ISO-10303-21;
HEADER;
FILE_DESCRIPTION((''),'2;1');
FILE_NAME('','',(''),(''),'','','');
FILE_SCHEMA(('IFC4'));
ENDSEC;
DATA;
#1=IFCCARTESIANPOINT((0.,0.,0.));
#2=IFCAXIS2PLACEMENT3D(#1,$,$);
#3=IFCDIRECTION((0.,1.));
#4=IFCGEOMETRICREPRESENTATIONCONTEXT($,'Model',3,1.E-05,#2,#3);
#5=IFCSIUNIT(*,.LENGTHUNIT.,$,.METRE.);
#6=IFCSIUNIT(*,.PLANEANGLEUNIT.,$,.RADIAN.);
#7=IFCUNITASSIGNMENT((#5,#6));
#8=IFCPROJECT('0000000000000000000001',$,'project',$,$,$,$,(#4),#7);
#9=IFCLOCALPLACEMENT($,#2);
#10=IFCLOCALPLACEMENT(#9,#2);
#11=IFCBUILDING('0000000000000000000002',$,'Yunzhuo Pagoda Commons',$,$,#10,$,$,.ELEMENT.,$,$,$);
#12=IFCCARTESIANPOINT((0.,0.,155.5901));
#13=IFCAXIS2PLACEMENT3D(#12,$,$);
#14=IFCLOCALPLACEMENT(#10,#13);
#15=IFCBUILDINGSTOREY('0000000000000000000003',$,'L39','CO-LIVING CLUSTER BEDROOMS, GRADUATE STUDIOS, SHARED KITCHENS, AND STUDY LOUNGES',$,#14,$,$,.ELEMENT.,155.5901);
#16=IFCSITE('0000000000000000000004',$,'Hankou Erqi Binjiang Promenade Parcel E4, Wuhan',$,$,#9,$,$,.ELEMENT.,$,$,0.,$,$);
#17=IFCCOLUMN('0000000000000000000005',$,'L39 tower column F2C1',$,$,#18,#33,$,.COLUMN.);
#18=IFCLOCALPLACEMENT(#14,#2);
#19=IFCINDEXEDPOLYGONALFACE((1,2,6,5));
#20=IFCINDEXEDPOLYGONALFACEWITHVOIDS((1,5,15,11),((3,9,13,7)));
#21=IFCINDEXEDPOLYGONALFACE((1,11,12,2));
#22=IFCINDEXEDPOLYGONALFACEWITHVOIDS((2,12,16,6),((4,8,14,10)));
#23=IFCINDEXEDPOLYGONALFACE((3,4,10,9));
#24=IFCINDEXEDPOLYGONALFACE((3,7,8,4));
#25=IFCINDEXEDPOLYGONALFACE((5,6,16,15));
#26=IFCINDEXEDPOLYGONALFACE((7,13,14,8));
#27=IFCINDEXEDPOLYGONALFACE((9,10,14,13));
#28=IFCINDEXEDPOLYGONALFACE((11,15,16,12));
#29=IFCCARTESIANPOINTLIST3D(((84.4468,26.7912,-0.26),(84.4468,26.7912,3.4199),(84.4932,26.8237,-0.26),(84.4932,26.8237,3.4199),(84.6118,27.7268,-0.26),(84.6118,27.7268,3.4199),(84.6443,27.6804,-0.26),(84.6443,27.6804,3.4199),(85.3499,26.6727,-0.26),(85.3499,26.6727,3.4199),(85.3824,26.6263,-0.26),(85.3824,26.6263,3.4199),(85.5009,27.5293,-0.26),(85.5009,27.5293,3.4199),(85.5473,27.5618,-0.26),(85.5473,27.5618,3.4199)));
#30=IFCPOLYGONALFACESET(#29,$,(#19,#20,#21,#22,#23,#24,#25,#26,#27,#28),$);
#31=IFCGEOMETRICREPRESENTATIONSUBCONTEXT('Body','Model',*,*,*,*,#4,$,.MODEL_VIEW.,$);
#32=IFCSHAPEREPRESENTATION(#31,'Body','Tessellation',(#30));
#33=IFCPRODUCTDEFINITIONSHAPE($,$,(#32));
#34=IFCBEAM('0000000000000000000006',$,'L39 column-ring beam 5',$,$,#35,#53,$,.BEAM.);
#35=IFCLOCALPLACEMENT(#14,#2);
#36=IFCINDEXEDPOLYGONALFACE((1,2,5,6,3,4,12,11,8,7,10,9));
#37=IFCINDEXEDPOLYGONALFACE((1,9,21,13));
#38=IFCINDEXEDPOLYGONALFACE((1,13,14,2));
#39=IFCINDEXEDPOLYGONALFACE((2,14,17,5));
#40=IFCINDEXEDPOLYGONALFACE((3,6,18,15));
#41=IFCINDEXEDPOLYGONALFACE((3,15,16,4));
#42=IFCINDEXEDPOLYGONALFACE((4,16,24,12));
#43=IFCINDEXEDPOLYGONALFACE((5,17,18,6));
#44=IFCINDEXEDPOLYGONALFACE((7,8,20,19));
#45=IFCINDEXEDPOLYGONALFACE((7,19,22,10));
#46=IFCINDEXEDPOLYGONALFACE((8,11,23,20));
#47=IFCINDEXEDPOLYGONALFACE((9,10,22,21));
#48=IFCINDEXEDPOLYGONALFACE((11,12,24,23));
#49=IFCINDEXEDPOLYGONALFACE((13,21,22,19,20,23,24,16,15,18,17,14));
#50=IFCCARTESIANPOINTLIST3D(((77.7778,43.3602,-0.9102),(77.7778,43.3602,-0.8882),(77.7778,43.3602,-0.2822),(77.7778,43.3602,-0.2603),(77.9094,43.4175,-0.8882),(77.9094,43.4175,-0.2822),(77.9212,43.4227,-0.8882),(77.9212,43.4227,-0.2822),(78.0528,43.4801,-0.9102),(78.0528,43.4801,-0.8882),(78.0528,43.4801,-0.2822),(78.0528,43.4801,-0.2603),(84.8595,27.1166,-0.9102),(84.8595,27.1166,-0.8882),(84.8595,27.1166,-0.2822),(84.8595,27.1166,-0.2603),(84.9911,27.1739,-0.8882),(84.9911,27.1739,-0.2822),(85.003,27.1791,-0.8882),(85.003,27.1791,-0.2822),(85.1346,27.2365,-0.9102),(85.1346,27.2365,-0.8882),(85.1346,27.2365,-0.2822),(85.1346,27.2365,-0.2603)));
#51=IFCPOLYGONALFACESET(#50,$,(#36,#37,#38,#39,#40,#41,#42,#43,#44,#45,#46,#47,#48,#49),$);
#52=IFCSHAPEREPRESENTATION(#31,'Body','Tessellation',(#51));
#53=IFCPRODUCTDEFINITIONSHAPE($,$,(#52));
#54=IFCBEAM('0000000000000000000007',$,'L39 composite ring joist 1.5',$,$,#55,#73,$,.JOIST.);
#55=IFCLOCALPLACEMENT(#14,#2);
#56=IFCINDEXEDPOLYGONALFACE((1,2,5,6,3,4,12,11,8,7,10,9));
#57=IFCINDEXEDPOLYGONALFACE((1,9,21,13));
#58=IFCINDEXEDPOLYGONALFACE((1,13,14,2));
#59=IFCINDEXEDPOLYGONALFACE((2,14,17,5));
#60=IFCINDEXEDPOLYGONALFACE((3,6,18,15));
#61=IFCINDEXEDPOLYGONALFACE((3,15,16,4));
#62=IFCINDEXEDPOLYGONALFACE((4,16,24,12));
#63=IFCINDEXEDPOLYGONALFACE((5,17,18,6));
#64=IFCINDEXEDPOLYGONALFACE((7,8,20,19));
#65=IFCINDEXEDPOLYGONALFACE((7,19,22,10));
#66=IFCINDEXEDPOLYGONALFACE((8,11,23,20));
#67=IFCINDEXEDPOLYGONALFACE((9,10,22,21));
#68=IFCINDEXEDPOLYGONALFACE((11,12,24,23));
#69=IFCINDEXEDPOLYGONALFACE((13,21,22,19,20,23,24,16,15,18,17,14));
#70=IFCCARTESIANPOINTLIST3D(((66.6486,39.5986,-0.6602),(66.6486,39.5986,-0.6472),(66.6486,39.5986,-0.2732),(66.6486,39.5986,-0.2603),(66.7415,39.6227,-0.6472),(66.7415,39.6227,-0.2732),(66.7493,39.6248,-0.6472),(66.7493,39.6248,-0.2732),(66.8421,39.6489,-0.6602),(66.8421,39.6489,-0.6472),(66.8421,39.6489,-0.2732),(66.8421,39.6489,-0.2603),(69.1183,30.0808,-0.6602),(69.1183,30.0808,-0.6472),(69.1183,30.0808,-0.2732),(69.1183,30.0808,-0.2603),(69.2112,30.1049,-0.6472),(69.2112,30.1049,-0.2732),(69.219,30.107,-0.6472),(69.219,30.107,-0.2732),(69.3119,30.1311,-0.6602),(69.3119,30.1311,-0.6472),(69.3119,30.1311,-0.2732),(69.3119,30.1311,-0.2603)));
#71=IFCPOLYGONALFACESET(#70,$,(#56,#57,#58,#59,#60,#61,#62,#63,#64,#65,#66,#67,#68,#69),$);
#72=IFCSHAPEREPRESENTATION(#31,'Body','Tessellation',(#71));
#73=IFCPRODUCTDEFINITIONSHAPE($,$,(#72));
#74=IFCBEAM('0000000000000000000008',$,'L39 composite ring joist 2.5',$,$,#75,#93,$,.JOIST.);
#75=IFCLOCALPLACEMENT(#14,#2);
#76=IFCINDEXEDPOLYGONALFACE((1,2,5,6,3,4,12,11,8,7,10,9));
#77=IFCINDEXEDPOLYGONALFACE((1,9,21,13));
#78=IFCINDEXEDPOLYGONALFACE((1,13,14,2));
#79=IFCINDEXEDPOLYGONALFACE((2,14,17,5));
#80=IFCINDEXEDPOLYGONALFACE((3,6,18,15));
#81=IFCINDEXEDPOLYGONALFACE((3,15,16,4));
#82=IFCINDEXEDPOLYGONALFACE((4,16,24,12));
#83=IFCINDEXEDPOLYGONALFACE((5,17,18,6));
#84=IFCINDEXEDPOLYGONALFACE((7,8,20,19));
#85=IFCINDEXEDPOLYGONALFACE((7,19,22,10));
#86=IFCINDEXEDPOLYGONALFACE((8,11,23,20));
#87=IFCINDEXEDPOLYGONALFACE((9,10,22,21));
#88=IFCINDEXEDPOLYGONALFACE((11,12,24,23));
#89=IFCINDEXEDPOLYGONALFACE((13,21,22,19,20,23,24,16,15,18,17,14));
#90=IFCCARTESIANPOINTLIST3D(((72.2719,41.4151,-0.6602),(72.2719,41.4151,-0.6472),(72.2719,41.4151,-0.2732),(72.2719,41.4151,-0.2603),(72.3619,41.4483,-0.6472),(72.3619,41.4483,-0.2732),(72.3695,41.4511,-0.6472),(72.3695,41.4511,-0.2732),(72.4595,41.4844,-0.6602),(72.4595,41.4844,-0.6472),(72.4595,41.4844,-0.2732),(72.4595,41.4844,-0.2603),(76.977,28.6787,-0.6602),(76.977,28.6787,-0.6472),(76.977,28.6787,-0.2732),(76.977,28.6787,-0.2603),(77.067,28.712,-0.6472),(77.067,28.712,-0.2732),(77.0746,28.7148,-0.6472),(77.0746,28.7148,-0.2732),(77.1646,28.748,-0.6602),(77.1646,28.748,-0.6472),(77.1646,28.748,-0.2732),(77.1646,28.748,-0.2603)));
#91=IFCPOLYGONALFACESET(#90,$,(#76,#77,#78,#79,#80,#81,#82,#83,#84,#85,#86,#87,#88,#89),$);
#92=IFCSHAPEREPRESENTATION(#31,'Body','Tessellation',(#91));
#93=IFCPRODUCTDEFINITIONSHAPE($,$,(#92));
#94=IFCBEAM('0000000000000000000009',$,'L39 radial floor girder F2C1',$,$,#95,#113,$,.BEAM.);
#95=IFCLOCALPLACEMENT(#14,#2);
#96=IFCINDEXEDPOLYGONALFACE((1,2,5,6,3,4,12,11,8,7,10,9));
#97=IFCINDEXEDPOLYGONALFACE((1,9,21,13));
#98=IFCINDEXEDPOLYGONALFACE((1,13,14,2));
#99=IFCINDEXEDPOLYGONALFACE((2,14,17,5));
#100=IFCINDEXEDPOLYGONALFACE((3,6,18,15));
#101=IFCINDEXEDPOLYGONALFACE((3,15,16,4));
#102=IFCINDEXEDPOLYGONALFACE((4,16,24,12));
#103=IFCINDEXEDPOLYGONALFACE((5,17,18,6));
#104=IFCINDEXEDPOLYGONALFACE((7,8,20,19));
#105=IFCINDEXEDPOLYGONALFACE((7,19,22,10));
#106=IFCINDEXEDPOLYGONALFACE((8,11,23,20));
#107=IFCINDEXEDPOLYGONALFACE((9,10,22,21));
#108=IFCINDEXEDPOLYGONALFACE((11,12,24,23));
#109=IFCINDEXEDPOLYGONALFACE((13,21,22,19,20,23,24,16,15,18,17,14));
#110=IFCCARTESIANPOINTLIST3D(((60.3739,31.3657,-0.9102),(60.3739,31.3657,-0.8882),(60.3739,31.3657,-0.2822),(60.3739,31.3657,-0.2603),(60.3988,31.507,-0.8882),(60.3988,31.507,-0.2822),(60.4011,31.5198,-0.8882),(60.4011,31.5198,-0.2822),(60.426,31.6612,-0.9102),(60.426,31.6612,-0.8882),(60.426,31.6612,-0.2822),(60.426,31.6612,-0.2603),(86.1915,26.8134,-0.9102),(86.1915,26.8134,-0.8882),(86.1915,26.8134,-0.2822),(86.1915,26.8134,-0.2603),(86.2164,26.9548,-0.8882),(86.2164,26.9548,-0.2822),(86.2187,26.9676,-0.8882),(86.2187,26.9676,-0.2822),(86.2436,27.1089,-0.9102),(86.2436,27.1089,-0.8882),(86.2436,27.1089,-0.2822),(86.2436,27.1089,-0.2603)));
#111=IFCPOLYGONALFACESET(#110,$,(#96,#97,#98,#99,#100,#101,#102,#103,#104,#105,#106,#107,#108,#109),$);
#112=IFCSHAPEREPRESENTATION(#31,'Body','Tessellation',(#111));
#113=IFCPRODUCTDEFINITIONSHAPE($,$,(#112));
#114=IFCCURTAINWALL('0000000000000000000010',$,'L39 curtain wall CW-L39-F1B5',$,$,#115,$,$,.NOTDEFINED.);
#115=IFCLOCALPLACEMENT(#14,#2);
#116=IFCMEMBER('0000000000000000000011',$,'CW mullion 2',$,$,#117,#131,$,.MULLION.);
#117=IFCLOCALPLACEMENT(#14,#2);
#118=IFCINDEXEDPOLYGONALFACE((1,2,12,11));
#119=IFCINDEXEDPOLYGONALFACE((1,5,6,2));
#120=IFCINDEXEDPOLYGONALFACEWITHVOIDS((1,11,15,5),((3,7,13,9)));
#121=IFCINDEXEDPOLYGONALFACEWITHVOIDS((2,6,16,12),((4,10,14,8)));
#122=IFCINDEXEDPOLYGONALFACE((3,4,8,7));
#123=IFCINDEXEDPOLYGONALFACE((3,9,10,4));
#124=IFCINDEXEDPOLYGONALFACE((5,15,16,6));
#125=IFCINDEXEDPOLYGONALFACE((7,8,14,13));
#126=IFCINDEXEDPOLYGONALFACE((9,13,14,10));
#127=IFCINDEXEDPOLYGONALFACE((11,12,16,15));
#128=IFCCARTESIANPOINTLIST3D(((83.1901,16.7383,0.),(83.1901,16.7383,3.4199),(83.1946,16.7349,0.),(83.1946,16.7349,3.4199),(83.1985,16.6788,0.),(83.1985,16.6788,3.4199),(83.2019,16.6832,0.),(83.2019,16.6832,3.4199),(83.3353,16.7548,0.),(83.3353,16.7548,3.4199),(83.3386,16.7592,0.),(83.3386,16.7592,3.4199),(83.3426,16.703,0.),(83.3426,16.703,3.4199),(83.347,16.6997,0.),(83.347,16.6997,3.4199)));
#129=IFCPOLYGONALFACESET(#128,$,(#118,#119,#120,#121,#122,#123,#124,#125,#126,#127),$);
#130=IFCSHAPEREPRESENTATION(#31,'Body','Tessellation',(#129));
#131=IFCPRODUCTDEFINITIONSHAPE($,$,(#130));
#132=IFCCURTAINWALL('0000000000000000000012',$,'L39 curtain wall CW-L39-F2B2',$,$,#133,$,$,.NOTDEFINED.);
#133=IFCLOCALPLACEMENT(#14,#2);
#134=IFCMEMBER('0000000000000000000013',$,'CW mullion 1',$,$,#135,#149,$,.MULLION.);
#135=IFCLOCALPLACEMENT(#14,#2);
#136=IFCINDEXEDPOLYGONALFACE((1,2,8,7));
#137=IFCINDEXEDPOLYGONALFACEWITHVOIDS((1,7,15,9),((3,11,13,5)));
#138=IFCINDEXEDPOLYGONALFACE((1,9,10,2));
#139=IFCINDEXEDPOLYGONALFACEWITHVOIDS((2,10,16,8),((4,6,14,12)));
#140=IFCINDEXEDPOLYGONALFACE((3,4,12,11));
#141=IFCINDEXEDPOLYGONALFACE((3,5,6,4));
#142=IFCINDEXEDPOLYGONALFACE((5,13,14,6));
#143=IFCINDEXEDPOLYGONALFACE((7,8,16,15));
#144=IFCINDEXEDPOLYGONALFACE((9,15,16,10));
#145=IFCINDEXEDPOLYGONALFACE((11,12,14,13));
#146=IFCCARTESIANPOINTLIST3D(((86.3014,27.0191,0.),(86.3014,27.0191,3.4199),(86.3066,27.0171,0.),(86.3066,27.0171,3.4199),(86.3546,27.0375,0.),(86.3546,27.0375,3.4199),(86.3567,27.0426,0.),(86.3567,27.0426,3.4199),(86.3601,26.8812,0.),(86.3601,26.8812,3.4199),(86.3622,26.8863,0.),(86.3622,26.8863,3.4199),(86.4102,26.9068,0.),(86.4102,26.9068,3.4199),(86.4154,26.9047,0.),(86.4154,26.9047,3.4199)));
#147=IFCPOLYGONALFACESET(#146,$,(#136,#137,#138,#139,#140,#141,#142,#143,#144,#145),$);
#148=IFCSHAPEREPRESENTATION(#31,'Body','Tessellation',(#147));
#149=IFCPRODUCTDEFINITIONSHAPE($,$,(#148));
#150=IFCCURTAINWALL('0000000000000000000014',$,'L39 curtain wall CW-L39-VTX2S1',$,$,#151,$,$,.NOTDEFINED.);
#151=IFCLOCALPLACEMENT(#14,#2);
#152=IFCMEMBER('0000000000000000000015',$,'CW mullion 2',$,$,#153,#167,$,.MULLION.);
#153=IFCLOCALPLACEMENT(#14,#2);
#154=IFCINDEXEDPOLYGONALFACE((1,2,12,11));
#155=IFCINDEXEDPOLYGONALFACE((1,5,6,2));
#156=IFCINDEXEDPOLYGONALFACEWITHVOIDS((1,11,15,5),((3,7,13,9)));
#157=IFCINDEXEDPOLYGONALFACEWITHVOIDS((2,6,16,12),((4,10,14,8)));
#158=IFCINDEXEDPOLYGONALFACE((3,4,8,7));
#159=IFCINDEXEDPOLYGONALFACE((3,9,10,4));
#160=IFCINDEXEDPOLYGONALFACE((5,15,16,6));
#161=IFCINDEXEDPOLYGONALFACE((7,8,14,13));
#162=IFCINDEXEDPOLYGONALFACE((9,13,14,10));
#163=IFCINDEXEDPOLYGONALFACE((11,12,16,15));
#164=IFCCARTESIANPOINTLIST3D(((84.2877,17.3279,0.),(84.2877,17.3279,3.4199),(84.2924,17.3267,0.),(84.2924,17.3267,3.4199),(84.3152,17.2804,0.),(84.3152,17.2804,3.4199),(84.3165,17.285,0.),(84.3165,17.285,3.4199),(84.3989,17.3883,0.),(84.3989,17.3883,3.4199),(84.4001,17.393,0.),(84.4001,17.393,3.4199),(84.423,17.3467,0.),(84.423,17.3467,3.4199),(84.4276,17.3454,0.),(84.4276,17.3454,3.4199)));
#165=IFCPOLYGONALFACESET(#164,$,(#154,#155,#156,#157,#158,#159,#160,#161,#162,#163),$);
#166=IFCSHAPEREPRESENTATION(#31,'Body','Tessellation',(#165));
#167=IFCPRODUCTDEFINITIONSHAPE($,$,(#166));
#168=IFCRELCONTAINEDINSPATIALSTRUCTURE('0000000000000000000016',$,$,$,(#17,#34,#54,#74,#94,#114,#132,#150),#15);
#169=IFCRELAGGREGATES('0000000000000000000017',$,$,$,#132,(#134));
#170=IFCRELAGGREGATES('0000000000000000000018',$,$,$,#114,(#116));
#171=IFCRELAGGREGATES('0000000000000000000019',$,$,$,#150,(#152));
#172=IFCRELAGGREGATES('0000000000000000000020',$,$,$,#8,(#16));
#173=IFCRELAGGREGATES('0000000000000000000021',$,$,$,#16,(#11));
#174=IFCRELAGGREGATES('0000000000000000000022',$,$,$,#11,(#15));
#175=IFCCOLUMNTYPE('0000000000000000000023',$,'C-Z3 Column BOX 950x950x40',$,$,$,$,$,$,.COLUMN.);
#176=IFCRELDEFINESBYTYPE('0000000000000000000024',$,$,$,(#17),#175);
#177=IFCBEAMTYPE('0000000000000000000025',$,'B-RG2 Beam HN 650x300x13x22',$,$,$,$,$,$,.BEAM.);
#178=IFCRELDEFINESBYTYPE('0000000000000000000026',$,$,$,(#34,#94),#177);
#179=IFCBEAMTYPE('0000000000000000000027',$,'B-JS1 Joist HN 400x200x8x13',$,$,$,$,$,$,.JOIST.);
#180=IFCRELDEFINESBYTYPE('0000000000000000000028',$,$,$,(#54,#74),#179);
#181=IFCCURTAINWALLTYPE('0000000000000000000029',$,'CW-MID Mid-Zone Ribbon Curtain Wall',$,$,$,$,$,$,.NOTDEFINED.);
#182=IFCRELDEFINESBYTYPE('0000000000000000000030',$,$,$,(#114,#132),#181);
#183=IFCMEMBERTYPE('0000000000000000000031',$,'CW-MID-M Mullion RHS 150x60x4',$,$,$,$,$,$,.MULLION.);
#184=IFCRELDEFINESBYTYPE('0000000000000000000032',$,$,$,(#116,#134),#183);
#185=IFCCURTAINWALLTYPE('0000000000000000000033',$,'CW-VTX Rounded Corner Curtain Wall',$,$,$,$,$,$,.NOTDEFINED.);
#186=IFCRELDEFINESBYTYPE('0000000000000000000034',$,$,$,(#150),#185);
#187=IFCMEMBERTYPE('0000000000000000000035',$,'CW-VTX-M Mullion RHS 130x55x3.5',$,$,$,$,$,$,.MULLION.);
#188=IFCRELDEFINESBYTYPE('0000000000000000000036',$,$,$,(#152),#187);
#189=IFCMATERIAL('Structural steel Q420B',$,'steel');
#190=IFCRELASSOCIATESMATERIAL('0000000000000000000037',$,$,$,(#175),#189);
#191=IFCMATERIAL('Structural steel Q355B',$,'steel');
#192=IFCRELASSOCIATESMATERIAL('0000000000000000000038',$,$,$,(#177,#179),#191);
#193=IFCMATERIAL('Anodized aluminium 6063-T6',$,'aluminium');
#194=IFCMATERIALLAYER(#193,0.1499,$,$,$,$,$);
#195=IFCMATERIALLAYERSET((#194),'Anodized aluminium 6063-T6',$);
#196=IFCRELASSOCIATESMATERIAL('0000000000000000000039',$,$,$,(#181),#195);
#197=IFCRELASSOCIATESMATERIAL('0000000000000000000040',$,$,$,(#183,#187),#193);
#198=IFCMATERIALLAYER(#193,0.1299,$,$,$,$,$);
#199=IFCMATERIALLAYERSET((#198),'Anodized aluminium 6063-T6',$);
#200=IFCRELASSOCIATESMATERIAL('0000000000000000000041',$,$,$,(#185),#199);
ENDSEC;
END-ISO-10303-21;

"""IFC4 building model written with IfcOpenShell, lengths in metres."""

from ifc_helpers import new_model, si_unit, direction, frame, origin, origin_2d, place, context, subcontext, project, spatial, hollow_rectangle, i_section, extrude, source, transform, mapped, material, layer, layer_set, material_profile, profile_set, type_object, element, aggregate, save


model = new_model("IFC4")

# Units and contexts
model_context = context("Model", 3, precision=1e-05, world=origin(), true_north=direction((0.0, 1.0)))
body_context = subcontext(model_context, "Body", "Model", "MODEL_VIEW")
ifc_project = project(units=[si_unit("LENGTHUNIT", "METRE"), si_unit("PLANEANGLEUNIT", "RADIAN")], contexts=[model_context])

# Site, building, storey
site_placement = place(None, origin())
site = spatial("IfcSite", under=ifc_project, at=site_placement, Name="Hankou Erqi Binjiang Promenade Parcel E4, Wuhan", CompositionType="ELEMENT", RefElevation=0.0)
building_placement = place(site_placement, origin())
building = spatial("IfcBuilding", under=site, at=building_placement, Name="Yunzhuo Pagoda Commons", CompositionType="ELEMENT")
storey_placement = place(building_placement, frame((0.0, 0.0, 155.5901)))
storey = spatial("IfcBuildingStorey", under=building, at=storey_placement, Name="L39", Description="CO-LIVING CLUSTER BEDROOMS, GRADUATE STUDIOS, SHARED KITCHENS, AND STUDY LOUNGES", CompositionType="ELEMENT", Elevation=155.5901)

# Column
ifc_material_1 = material(Name="Structural steel Q420B", Category="steel")
ifc_material_profile_1 = material_profile(ifc_material_1, hollow_rectangle(XDim=0.95, YDim=0.95, WallThickness=0.04, at=origin_2d()), Name="Structural steel Q420B")
ifc_profile_set_1 = profile_set([ifc_material_profile_1], Name="Structural steel Q420B")
column_type = type_object("IfcColumnType", Name="C-Z3 Column BOX 950x950x40", PredefinedType="COLUMN", material=ifc_profile_set_1)
shared_shape_1 = source(origin(), body_context, "Body", "SweptSolid", [
    extrude(hollow_rectangle(XDim=0.95, YDim=0.95, WallThickness=0.04, at=origin_2d()), origin(), (0.0, 0.0, 1.0), 3.6799),
])
column_placement = place(storey_placement, frame((84.9971, 27.1765, -0.26), z_axis=(0.0, 0.0, 1.0), x_axis=(0.173648, 0.984808, 0.0)))
element("IfcColumn", 1, at=column_placement, inside=storey, type_object=column_type, Name="L39 tower column F2C1", PredefinedType="COLUMN", context=body_context, shape_type="MappedRepresentation", body=[
    mapped(shared_shape_1, transform((0.0, 0.0, 0.0), scale=1.0)),
])

# Beams
ifc_material_2 = material(Name="Structural steel Q355B", Category="steel")
ifc_material_profile_2 = material_profile(ifc_material_2, i_section(OverallWidth=0.3, OverallDepth=0.6499, WebThickness=0.0129, FlangeThickness=0.022, at=origin_2d()), Name="Structural steel Q355B")
ifc_profile_set_2 = profile_set([ifc_material_profile_2], Name="Structural steel Q355B")
beam_type_1 = type_object("IfcBeamType", Name="B-RG2 Beam HN 650x300x13x22", PredefinedType="BEAM", material=ifc_profile_set_2)
shared_shape_2 = source(origin(), body_context, "Body", "SweptSolid", [
    extrude(i_section(OverallWidth=0.3, OverallDepth=0.6499, WebThickness=0.0129, FlangeThickness=0.022, at=origin_2d()), origin(), (0.0, 0.0, 1.0), 17.7202),
])
beam_1_placement = place(storey_placement, frame((84.9971, 27.1765, -0.5852), z_axis=(-0.399643, 0.916671, 0.0), x_axis=(-0.916671, -0.399643, 0.0)))
element("IfcBeam", 2, at=beam_1_placement, inside=storey, type_object=beam_type_1, Name="L39 column-ring beam 5", PredefinedType="BEAM", context=body_context, shape_type="MappedRepresentation", body=[
    mapped(shared_shape_2, transform((0.0, 0.0, 0.0), scale=1.0)),
])
ifc_material_profile_3 = material_profile(ifc_material_2, i_section(OverallWidth=0.2, OverallDepth=0.3999, WebThickness=0.0081, FlangeThickness=0.0129, at=origin_2d()), Name="Structural steel Q355B")
ifc_profile_set_3 = profile_set([ifc_material_profile_3], Name="Structural steel Q355B")
beam_type_2 = type_object("IfcBeamType", Name="B-JS1 Joist HN 400x200x8x13", PredefinedType="JOIST", material=ifc_profile_set_3)
shared_shape_3 = source(origin(), body_context, "Body", "SweptSolid", [
    extrude(i_section(OverallWidth=0.2, OverallDepth=0.3999, WebThickness=0.0081, FlangeThickness=0.0129, at=origin_2d()), origin(), (0.0, 0.0, 1.0), 9.833),
])
beam_2_placement = place(storey_placement, frame((69.2151, 30.106, -0.4602), z_axis=(-0.251166, 0.967944, 0.0), x_axis=(-0.967944, -0.251166, 0.0)))
element("IfcBeam", 3, at=beam_2_placement, inside=storey, type_object=beam_type_2, Name="L39 composite ring joist 1.5", PredefinedType="JOIST", context=body_context, shape_type="MappedRepresentation", body=[
    mapped(shared_shape_3, transform((0.0, 0.0, 0.0), scale=1.0)),
])
shared_shape_4 = source(origin(), body_context, "Body", "SweptSolid", [
    extrude(i_section(OverallWidth=0.2, OverallDepth=0.3999, WebThickness=0.0081, FlangeThickness=0.0129, at=origin_2d()), origin(), (0.0, 0.0, 1.0), 13.5776),
])
beam_3_placement = place(storey_placement, frame((77.0708, 28.7134, -0.4602), z_axis=(-0.346532, 0.938038, 0.0), x_axis=(-0.938038, -0.346532, 0.0)))
element("IfcBeam", 4, at=beam_3_placement, inside=storey, type_object=beam_type_2, Name="L39 composite ring joist 2.5", PredefinedType="JOIST", context=body_context, shape_type="MappedRepresentation", body=[
    mapped(shared_shape_4, transform((0.0, 0.0, 0.0), scale=1.0)),
])
shared_shape_5 = source(origin(), body_context, "Body", "SweptSolid", [
    extrude(i_section(OverallWidth=0.3, OverallDepth=0.6499, WebThickness=0.0129, FlangeThickness=0.022, at=origin_2d()), origin(), (0.0, 0.0, 1.0), 26.2158),
])
beam_4_placement = place(storey_placement, frame((86.2175, 26.9612, -0.5852), z_axis=(-0.984808, 0.173645, 0.0), x_axis=(-0.173645, -0.984808, 0.0)))
element("IfcBeam", 5, at=beam_4_placement, inside=storey, type_object=beam_type_1, Name="L39 radial floor girder F2C1", PredefinedType="BEAM", context=body_context, shape_type="MappedRepresentation", body=[
    mapped(shared_shape_5, transform((0.0, 0.0, 0.0), scale=1.0)),
])

# Curtain walls, members
ifc_material_3 = material(Name="Anodized aluminium 6063-T6", Category="aluminium")
ifc_layer_1 = layer(ifc_material_3, 0.1499)
ifc_layer_set_1 = layer_set([ifc_layer_1], Name="Anodized aluminium 6063-T6")
curtain_wall_type_1 = type_object("IfcCurtainWallType", Name="CW-MID Mid-Zone Ribbon Curtain Wall", PredefinedType="NOTDEFINED", material=ifc_layer_set_1)
curtain_wall_1_placement = place(storey_placement, origin())
curtain_wall_1 = element("IfcCurtainWall", 6, at=curtain_wall_1_placement, inside=storey, type_object=curtain_wall_type_1, Name="L39 curtain wall CW-L39-F1B5", PredefinedType="NOTDEFINED")
ifc_material_profile_4 = material_profile(ifc_material_3, hollow_rectangle(XDim=0.0601, YDim=0.1499, WallThickness=0.0039, at=origin_2d()), Name="Anodized aluminium 6063-T6")
ifc_profile_set_4 = profile_set([ifc_material_profile_4], Name="Anodized aluminium 6063-T6")
member_type_1 = type_object("IfcMemberType", Name="CW-MID-M Mullion RHS 150x60x4", PredefinedType="MULLION", material=ifc_profile_set_4)
shared_shape_6 = source(origin(), body_context, "Body", "SweptSolid", [
    extrude(hollow_rectangle(XDim=0.0601, YDim=0.1499, WallThickness=0.0039, at=origin_2d()), origin(), (0.0, 0.0, 1.0), 3.4199),
])
member_1_placement = place(storey_placement, frame((83.2686, 16.719, 0.0), z_axis=(0.0, 0.0, 1.0), x_axis=(-0.13963, 0.990204, 0.0)))
member_1 = element("IfcMember", 7, at=member_1_placement, type_object=member_type_1, Name="CW mullion 2", PredefinedType="MULLION", context=body_context, shape_type="MappedRepresentation", body=[
    mapped(shared_shape_6, transform((0.0, 0.0, 0.0), scale=1.0)),
])
curtain_wall_2_placement = place(storey_placement, origin())
curtain_wall_2 = element("IfcCurtainWall", 8, at=curtain_wall_2_placement, inside=storey, type_object=curtain_wall_type_1, Name="L39 curtain wall CW-L39-F2B2", PredefinedType="NOTDEFINED")
member_2_placement = place(storey_placement, frame((86.3584, 26.9619, 0.0), z_axis=(0.0, 0.0, 1.0), x_axis=(-0.920217, -0.391409, 0.0)))
member_2 = element("IfcMember", 9, at=member_2_placement, type_object=member_type_1, Name="CW mullion 1", PredefinedType="MULLION", context=body_context, shape_type="MappedRepresentation", body=[
    mapped(shared_shape_6, transform((0.0, 0.0, 0.0), scale=1.0)),
])

# Curtain wall, member
ifc_layer_2 = layer(ifc_material_3, 0.1299)
ifc_layer_set_2 = layer_set([ifc_layer_2], Name="Anodized aluminium 6063-T6")
curtain_wall_type_2 = type_object("IfcCurtainWallType", Name="CW-VTX Rounded Corner Curtain Wall", PredefinedType="NOTDEFINED", material=ifc_layer_set_2)
curtain_wall_3_placement = place(storey_placement, origin())
curtain_wall_3 = element("IfcCurtainWall", 10, at=curtain_wall_3_placement, inside=storey, type_object=curtain_wall_type_2, Name="L39 curtain wall CW-L39-VTX2S1", PredefinedType="NOTDEFINED")
ifc_material_profile_5 = material_profile(ifc_material_3, hollow_rectangle(XDim=0.0549, YDim=0.1299, WallThickness=0.0034, at=origin_2d()), Name="Anodized aluminium 6063-T6")
ifc_profile_set_5 = profile_set([ifc_material_profile_5], Name="Anodized aluminium 6063-T6")
member_type_2 = type_object("IfcMemberType", Name="CW-VTX-M Mullion RHS 130x55x3.5", PredefinedType="MULLION", material=ifc_profile_set_5)
shared_shape_7 = source(origin(), body_context, "Body", "SweptSolid", [
    extrude(hollow_rectangle(XDim=0.0549, YDim=0.1299, WallThickness=0.0034, at=origin_2d()), origin(), (0.0, 0.0, 1.0), 3.4199),
])
member_3_placement = place(storey_placement, frame((84.3577, 17.3367, 0.0), z_axis=(0.0, 0.0, 1.0), x_axis=(-0.501035, 0.865427, 0.0)))
member_3 = element("IfcMember", 11, at=member_3_placement, type_object=member_type_2, Name="CW mullion 2", PredefinedType="MULLION", context=body_context, shape_type="MappedRepresentation", body=[
    mapped(shared_shape_7, transform((0.0, 0.0, 0.0), scale=1.0)),
])

aggregate(curtain_wall_2, [member_2])
aggregate(curtain_wall_1, [member_1])
aggregate(curtain_wall_3, [member_3])

save(model, "model.ifc")
